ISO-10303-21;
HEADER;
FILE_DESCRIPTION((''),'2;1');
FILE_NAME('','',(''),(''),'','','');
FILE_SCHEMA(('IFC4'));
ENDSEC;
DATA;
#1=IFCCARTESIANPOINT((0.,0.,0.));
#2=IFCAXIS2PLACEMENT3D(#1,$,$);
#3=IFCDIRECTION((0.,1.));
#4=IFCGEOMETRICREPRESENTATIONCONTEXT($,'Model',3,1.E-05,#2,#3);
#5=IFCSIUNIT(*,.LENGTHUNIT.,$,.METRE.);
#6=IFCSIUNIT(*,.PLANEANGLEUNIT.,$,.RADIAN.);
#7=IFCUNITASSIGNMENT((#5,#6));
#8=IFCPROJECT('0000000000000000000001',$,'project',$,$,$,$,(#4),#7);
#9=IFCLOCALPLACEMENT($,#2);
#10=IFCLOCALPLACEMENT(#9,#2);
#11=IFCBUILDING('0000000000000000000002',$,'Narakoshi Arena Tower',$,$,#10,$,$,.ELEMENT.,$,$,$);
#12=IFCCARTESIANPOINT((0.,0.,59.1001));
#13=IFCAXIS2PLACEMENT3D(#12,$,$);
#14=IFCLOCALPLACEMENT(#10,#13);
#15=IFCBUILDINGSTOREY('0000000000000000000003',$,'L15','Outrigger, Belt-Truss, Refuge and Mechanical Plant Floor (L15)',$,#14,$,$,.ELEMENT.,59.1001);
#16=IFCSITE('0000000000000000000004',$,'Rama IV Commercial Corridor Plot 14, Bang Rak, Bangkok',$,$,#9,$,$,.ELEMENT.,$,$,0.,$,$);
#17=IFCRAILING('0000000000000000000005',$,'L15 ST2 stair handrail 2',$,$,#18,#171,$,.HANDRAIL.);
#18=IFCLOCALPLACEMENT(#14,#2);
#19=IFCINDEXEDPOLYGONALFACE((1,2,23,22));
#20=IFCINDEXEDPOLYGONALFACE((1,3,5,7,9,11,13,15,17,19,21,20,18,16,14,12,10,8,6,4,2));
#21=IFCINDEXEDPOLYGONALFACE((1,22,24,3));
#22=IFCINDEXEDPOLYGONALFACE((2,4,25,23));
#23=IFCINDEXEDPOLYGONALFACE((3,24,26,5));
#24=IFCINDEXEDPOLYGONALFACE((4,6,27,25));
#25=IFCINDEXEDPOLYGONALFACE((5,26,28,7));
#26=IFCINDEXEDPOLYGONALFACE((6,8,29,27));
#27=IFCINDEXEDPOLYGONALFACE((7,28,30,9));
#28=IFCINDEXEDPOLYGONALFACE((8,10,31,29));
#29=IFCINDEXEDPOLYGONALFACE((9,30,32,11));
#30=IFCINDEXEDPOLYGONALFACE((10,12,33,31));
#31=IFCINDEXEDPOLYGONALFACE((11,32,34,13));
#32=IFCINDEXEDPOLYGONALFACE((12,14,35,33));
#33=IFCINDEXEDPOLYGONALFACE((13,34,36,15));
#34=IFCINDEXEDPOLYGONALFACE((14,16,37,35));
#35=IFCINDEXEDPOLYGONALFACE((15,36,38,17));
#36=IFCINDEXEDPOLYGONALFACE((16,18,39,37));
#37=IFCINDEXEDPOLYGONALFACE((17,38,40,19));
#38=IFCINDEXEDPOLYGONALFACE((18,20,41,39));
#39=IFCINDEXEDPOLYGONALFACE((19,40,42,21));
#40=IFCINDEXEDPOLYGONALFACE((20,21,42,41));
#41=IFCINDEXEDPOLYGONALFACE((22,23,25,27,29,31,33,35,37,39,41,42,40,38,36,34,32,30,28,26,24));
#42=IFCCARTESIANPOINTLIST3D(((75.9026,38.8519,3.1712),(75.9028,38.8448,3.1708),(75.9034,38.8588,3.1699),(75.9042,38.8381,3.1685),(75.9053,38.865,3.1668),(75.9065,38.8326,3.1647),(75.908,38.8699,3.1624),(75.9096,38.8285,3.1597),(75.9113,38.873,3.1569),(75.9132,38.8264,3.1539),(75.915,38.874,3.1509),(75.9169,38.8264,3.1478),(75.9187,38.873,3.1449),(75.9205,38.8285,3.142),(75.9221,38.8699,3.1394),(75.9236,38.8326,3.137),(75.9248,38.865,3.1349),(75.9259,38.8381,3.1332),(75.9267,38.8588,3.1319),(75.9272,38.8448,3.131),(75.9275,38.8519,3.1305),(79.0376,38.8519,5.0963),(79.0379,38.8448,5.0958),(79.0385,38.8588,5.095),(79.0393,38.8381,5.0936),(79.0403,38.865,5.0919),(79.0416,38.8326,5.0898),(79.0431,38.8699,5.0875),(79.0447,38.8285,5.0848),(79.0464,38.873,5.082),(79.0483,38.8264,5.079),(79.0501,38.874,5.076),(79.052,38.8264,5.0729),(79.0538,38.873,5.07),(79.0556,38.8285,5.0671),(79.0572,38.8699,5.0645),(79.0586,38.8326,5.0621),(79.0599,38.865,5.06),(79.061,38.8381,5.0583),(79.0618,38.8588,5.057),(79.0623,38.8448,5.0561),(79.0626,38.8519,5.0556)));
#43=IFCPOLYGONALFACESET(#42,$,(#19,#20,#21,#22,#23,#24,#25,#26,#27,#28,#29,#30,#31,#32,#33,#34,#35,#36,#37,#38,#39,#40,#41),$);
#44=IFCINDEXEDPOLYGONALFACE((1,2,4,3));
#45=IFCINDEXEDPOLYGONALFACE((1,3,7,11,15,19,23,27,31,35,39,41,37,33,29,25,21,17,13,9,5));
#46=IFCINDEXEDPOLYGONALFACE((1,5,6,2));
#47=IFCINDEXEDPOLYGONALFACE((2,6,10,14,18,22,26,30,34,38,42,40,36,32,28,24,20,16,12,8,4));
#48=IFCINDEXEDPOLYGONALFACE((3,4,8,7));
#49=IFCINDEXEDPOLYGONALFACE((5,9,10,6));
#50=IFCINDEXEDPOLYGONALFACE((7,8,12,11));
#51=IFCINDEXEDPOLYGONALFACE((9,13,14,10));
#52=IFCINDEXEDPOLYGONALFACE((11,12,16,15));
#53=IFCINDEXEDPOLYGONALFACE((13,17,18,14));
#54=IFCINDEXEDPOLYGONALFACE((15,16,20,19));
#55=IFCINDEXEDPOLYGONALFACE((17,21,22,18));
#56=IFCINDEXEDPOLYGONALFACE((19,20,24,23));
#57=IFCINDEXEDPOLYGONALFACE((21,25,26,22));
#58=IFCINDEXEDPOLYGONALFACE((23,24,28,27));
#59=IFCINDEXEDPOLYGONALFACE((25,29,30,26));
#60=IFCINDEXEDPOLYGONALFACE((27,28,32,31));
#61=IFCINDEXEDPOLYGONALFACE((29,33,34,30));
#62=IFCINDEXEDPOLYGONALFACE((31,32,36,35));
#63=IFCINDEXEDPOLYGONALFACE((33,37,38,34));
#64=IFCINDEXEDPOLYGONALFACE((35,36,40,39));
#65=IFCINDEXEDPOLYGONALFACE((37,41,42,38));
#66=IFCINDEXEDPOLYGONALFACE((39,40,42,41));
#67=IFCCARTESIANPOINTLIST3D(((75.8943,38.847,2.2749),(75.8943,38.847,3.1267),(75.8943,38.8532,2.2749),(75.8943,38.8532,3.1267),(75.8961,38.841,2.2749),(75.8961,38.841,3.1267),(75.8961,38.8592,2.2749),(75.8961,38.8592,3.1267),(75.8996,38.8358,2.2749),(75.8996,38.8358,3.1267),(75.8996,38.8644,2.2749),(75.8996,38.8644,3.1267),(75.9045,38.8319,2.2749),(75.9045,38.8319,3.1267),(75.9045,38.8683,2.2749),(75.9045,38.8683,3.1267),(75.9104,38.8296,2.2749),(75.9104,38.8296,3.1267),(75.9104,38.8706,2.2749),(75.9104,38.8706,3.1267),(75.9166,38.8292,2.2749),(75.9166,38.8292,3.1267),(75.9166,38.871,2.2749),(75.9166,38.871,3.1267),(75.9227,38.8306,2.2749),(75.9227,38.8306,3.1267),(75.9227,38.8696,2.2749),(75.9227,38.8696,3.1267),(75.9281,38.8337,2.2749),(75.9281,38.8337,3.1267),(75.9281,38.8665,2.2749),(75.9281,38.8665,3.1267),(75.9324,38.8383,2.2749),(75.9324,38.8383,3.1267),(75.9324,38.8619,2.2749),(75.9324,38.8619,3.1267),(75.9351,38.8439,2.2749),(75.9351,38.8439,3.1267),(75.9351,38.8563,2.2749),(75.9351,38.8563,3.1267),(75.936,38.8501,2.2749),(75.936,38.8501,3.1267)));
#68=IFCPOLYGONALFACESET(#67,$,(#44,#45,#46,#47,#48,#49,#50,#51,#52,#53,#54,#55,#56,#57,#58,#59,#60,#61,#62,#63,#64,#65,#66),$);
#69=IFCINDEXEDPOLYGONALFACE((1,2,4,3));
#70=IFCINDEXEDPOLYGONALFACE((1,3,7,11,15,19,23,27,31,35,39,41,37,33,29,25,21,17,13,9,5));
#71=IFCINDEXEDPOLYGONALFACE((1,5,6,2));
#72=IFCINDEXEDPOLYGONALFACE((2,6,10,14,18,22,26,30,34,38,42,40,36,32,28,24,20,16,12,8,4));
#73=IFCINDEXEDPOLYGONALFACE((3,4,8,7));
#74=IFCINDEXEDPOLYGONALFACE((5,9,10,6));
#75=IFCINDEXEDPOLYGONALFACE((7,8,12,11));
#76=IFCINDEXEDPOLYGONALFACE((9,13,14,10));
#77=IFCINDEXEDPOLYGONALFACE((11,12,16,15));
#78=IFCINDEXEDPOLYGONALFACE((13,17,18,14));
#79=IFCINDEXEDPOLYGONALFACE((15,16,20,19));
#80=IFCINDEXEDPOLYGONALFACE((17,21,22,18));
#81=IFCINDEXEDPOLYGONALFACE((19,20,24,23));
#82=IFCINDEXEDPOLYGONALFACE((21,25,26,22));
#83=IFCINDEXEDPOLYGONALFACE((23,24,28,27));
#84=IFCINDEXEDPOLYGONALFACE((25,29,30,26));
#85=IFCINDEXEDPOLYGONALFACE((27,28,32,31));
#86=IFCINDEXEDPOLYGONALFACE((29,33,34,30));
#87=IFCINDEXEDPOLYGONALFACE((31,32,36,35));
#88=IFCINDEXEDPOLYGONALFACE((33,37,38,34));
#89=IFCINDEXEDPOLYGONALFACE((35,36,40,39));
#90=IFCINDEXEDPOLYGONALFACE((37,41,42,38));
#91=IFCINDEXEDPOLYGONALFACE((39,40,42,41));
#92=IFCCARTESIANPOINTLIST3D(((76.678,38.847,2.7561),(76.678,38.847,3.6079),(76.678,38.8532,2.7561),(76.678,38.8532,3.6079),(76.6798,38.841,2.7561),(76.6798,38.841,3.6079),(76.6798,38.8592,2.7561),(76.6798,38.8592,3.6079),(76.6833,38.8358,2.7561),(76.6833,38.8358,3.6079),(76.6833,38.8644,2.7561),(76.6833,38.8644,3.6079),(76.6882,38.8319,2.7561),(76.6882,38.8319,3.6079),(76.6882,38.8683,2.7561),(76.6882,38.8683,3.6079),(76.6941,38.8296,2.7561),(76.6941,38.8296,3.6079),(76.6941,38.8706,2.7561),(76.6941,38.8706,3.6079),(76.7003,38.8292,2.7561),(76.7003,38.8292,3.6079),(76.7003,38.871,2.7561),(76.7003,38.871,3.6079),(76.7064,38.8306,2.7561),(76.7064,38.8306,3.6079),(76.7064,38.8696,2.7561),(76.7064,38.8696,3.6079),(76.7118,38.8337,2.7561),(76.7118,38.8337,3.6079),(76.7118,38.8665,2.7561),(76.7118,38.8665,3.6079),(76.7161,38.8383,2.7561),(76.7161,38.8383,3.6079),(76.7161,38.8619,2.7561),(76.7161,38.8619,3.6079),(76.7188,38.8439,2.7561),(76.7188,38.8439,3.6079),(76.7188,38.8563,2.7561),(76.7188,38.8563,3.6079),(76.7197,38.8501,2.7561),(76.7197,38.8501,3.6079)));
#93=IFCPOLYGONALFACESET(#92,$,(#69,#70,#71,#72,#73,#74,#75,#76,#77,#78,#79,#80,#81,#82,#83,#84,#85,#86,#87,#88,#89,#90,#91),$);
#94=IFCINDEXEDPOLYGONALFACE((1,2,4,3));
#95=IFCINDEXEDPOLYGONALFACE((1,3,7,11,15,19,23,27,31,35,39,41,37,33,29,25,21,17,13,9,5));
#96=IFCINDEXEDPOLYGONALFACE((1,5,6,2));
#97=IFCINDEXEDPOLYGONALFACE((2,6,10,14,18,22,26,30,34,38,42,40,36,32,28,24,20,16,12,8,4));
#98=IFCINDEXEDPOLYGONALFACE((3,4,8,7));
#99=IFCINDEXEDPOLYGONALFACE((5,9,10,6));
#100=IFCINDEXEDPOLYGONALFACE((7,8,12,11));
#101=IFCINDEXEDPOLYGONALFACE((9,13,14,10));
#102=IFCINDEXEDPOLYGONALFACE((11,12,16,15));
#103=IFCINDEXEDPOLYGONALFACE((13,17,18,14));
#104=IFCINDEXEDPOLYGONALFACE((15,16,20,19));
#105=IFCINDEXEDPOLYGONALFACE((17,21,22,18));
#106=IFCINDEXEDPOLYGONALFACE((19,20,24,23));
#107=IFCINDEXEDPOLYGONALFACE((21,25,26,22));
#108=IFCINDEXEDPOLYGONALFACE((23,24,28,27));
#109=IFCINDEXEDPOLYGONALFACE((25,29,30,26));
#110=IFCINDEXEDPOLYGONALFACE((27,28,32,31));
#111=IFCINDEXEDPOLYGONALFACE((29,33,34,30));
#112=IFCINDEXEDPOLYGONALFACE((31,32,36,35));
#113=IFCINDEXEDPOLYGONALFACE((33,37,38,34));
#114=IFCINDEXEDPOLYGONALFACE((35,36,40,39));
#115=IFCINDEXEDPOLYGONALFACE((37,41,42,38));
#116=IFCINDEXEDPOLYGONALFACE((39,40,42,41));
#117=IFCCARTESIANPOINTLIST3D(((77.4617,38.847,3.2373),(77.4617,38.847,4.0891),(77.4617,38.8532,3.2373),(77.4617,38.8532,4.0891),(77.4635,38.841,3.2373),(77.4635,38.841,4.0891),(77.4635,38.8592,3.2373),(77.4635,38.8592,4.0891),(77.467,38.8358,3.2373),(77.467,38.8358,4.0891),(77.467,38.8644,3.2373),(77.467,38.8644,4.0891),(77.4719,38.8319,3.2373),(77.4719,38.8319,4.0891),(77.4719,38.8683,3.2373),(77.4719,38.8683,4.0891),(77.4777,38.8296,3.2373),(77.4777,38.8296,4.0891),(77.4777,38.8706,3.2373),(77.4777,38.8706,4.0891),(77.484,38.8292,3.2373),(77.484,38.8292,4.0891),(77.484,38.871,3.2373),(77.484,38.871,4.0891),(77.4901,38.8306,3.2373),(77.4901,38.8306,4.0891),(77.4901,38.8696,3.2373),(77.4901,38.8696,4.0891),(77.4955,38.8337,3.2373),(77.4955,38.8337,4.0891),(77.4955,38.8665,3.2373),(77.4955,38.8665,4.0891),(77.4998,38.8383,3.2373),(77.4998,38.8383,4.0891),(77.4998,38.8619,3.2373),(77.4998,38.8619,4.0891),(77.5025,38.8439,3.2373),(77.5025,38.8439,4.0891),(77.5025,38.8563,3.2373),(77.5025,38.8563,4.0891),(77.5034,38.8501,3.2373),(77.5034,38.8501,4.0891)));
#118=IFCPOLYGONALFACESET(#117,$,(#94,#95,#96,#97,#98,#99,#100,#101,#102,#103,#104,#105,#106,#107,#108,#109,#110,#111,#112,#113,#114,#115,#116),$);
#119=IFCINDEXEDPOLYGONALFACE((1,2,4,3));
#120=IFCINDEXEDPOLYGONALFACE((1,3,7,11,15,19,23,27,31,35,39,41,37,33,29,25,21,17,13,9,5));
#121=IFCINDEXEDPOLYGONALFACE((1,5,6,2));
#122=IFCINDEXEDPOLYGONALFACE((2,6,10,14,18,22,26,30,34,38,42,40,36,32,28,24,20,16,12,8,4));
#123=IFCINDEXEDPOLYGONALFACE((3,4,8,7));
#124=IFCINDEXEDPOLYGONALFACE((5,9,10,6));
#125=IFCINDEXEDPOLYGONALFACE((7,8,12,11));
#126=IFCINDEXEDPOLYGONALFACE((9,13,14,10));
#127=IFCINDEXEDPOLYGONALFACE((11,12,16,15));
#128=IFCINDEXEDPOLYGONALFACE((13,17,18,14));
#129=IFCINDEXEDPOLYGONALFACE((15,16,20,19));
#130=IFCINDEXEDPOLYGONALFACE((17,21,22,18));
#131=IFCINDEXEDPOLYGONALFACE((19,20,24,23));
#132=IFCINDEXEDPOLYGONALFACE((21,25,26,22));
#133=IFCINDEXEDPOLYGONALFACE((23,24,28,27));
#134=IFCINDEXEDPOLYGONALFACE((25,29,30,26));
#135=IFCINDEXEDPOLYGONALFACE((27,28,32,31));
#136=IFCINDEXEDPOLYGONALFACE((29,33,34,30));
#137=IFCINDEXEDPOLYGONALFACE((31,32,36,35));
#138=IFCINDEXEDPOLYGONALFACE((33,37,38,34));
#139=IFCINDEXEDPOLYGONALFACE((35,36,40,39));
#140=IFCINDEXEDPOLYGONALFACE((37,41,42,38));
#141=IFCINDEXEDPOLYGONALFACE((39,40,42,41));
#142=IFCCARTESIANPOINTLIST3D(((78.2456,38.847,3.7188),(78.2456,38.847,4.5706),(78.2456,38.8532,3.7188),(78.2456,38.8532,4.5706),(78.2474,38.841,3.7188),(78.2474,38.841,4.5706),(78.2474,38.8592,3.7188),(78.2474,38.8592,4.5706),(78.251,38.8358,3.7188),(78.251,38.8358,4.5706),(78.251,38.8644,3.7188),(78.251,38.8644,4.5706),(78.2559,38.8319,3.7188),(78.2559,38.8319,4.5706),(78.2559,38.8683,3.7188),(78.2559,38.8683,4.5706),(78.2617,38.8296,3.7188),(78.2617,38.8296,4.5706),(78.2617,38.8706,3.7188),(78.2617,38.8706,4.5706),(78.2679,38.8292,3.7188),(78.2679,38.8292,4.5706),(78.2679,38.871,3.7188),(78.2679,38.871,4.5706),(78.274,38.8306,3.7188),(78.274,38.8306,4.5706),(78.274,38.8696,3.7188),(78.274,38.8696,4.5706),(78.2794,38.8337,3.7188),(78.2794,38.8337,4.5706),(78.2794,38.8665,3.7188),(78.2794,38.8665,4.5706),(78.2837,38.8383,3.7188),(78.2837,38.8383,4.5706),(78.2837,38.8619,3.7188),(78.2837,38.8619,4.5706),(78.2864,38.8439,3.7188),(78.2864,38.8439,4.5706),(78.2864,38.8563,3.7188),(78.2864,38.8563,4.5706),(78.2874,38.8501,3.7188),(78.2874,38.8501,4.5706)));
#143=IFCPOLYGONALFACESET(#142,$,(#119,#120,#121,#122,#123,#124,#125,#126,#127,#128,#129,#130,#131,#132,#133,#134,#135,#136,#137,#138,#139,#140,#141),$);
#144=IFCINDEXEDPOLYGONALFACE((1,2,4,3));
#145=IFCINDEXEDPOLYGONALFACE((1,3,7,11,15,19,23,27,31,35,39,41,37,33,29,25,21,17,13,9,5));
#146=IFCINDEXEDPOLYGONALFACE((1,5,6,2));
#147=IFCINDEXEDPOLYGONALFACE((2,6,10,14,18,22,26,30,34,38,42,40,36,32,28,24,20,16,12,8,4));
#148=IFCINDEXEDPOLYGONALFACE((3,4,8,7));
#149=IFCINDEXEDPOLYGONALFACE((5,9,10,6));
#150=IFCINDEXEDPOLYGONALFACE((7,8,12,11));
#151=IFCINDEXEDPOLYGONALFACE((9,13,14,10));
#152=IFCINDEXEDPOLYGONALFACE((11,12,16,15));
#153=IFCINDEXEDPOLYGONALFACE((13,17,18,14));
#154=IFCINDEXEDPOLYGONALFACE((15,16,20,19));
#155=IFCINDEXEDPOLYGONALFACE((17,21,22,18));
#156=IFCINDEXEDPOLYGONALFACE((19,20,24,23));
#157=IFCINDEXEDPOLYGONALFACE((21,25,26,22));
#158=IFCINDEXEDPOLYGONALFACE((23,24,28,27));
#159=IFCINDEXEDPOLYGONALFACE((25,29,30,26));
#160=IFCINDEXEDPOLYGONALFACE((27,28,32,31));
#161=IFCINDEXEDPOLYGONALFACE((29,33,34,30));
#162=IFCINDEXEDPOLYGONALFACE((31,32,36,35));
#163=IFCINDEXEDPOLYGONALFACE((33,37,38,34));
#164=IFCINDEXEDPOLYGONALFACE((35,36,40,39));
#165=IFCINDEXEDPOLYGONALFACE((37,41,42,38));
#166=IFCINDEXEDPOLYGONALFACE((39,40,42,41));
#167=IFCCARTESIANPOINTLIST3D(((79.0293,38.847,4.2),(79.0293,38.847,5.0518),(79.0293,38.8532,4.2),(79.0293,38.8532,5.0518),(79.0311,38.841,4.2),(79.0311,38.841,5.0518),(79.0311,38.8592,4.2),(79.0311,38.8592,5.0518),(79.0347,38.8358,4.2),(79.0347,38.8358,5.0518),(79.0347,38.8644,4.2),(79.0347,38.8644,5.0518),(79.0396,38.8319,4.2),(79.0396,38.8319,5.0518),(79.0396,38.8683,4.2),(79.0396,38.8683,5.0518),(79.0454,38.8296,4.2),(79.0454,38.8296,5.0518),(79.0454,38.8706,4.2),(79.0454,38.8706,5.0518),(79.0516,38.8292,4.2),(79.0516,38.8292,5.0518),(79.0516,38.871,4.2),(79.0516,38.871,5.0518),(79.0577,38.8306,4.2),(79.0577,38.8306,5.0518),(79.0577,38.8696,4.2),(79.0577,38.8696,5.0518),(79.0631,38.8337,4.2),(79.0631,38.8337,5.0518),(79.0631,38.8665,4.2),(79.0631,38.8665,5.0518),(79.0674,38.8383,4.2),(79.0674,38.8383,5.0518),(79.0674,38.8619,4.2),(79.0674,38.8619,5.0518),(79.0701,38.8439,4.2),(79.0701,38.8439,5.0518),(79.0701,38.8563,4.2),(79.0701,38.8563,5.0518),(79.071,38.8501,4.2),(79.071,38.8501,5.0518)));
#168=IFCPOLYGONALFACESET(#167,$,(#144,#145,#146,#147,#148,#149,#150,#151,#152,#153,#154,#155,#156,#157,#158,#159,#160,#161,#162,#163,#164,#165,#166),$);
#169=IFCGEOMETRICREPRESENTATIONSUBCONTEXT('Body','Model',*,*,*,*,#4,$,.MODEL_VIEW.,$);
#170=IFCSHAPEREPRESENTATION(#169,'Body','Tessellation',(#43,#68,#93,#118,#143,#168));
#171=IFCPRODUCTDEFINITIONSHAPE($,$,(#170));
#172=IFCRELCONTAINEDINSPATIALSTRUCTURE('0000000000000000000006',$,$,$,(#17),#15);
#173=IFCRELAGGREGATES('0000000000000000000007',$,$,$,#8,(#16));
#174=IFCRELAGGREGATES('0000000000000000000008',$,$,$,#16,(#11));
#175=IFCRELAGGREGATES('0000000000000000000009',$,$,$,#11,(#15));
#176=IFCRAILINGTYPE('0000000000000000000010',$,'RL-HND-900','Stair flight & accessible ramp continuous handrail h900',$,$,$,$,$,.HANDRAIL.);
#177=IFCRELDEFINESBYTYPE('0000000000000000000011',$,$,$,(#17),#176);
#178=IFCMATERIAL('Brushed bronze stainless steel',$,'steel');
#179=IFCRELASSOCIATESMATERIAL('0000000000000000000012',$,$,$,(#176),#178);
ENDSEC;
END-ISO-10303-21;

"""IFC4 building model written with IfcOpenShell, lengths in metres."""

from ifc_helpers import new_model, si_unit, direction, frame, origin, origin_2d, place, context, subcontext, project, spatial, circle, extrude, material, type_object, element, save


model = new_model("IFC4")

# Units and contexts
model_context = context("Model", 3, precision=1e-05, world=origin(), true_north=direction((0.0, 1.0)))
body_context = subcontext(model_context, "Body", "Model", "MODEL_VIEW")
ifc_project = project(units=[si_unit("LENGTHUNIT", "METRE"), si_unit("PLANEANGLEUNIT", "RADIAN")], contexts=[model_context])

# Site, building, storey
site_placement = place(None, origin())
site = spatial("IfcSite", under=ifc_project, at=site_placement, Name="Rama IV Commercial Corridor Plot 14, Bang Rak, Bangkok", CompositionType="ELEMENT", RefElevation=0.0)
building_placement = place(site_placement, origin())
building = spatial("IfcBuilding", under=site, at=building_placement, Name="Narakoshi Arena Tower", CompositionType="ELEMENT")
storey_placement = place(building_placement, frame((0.0, 0.0, 59.1001)))
storey = spatial("IfcBuildingStorey", under=building, at=storey_placement, Name="L15", Description="Outrigger, Belt-Truss, Refuge and Mechanical Plant Floor (L15)", CompositionType="ELEMENT", Elevation=59.1001)

# Railing
ifc_material_1 = material(Name="Brushed bronze stainless steel", Category="steel")
railing_type_1 = type_object("IfcRailingType", Name="RL-HND-900", Description="Stair flight & accessible ramp continuous handrail h900", PredefinedType="HANDRAIL", material=ifc_material_1)
railing_1_placement = place(storey_placement, frame((75.915, 38.8501, 2.2749)))
element("IfcRailing", 1, at=railing_1_placement, inside=storey, type_object=railing_type_1, Name="L15 ST2 stair handrail 2", PredefinedType="HANDRAIL", context=body_context, shape_type="SweptSolid", body=[
    extrude(circle(Radius=0.0239, at=origin_2d()), frame((0.0, 0.0, 0.876), z_axis=(0.852166, 0.0, 0.523271), x_axis=(0.0, 1.0, 0.0)), (0.0, 0.0, 1.0), 3.679),
    extrude(circle(Radius=0.021, at=origin_2d()), origin(), (0.0, 0.0, 1.0), 0.8518),
    extrude(circle(Radius=0.021, at=origin_2d()), frame((0.7837, 0.0, 0.4812)), (0.0, 0.0, 1.0), 0.8518),
    extrude(circle(Radius=0.021, at=origin_2d()), frame((1.5674, 0.0, 0.9624)), (0.0, 0.0, 1.0), 0.8518),
    extrude(circle(Radius=0.021, at=origin_2d()), frame((2.3513, 0.0, 1.4438)), (0.0, 0.0, 1.0), 0.8518),
    extrude(circle(Radius=0.021, at=origin_2d()), frame((3.135, 0.0, 1.925)), (0.0, 0.0, 1.0), 0.8518),
])

save(model, "model.ifc")
